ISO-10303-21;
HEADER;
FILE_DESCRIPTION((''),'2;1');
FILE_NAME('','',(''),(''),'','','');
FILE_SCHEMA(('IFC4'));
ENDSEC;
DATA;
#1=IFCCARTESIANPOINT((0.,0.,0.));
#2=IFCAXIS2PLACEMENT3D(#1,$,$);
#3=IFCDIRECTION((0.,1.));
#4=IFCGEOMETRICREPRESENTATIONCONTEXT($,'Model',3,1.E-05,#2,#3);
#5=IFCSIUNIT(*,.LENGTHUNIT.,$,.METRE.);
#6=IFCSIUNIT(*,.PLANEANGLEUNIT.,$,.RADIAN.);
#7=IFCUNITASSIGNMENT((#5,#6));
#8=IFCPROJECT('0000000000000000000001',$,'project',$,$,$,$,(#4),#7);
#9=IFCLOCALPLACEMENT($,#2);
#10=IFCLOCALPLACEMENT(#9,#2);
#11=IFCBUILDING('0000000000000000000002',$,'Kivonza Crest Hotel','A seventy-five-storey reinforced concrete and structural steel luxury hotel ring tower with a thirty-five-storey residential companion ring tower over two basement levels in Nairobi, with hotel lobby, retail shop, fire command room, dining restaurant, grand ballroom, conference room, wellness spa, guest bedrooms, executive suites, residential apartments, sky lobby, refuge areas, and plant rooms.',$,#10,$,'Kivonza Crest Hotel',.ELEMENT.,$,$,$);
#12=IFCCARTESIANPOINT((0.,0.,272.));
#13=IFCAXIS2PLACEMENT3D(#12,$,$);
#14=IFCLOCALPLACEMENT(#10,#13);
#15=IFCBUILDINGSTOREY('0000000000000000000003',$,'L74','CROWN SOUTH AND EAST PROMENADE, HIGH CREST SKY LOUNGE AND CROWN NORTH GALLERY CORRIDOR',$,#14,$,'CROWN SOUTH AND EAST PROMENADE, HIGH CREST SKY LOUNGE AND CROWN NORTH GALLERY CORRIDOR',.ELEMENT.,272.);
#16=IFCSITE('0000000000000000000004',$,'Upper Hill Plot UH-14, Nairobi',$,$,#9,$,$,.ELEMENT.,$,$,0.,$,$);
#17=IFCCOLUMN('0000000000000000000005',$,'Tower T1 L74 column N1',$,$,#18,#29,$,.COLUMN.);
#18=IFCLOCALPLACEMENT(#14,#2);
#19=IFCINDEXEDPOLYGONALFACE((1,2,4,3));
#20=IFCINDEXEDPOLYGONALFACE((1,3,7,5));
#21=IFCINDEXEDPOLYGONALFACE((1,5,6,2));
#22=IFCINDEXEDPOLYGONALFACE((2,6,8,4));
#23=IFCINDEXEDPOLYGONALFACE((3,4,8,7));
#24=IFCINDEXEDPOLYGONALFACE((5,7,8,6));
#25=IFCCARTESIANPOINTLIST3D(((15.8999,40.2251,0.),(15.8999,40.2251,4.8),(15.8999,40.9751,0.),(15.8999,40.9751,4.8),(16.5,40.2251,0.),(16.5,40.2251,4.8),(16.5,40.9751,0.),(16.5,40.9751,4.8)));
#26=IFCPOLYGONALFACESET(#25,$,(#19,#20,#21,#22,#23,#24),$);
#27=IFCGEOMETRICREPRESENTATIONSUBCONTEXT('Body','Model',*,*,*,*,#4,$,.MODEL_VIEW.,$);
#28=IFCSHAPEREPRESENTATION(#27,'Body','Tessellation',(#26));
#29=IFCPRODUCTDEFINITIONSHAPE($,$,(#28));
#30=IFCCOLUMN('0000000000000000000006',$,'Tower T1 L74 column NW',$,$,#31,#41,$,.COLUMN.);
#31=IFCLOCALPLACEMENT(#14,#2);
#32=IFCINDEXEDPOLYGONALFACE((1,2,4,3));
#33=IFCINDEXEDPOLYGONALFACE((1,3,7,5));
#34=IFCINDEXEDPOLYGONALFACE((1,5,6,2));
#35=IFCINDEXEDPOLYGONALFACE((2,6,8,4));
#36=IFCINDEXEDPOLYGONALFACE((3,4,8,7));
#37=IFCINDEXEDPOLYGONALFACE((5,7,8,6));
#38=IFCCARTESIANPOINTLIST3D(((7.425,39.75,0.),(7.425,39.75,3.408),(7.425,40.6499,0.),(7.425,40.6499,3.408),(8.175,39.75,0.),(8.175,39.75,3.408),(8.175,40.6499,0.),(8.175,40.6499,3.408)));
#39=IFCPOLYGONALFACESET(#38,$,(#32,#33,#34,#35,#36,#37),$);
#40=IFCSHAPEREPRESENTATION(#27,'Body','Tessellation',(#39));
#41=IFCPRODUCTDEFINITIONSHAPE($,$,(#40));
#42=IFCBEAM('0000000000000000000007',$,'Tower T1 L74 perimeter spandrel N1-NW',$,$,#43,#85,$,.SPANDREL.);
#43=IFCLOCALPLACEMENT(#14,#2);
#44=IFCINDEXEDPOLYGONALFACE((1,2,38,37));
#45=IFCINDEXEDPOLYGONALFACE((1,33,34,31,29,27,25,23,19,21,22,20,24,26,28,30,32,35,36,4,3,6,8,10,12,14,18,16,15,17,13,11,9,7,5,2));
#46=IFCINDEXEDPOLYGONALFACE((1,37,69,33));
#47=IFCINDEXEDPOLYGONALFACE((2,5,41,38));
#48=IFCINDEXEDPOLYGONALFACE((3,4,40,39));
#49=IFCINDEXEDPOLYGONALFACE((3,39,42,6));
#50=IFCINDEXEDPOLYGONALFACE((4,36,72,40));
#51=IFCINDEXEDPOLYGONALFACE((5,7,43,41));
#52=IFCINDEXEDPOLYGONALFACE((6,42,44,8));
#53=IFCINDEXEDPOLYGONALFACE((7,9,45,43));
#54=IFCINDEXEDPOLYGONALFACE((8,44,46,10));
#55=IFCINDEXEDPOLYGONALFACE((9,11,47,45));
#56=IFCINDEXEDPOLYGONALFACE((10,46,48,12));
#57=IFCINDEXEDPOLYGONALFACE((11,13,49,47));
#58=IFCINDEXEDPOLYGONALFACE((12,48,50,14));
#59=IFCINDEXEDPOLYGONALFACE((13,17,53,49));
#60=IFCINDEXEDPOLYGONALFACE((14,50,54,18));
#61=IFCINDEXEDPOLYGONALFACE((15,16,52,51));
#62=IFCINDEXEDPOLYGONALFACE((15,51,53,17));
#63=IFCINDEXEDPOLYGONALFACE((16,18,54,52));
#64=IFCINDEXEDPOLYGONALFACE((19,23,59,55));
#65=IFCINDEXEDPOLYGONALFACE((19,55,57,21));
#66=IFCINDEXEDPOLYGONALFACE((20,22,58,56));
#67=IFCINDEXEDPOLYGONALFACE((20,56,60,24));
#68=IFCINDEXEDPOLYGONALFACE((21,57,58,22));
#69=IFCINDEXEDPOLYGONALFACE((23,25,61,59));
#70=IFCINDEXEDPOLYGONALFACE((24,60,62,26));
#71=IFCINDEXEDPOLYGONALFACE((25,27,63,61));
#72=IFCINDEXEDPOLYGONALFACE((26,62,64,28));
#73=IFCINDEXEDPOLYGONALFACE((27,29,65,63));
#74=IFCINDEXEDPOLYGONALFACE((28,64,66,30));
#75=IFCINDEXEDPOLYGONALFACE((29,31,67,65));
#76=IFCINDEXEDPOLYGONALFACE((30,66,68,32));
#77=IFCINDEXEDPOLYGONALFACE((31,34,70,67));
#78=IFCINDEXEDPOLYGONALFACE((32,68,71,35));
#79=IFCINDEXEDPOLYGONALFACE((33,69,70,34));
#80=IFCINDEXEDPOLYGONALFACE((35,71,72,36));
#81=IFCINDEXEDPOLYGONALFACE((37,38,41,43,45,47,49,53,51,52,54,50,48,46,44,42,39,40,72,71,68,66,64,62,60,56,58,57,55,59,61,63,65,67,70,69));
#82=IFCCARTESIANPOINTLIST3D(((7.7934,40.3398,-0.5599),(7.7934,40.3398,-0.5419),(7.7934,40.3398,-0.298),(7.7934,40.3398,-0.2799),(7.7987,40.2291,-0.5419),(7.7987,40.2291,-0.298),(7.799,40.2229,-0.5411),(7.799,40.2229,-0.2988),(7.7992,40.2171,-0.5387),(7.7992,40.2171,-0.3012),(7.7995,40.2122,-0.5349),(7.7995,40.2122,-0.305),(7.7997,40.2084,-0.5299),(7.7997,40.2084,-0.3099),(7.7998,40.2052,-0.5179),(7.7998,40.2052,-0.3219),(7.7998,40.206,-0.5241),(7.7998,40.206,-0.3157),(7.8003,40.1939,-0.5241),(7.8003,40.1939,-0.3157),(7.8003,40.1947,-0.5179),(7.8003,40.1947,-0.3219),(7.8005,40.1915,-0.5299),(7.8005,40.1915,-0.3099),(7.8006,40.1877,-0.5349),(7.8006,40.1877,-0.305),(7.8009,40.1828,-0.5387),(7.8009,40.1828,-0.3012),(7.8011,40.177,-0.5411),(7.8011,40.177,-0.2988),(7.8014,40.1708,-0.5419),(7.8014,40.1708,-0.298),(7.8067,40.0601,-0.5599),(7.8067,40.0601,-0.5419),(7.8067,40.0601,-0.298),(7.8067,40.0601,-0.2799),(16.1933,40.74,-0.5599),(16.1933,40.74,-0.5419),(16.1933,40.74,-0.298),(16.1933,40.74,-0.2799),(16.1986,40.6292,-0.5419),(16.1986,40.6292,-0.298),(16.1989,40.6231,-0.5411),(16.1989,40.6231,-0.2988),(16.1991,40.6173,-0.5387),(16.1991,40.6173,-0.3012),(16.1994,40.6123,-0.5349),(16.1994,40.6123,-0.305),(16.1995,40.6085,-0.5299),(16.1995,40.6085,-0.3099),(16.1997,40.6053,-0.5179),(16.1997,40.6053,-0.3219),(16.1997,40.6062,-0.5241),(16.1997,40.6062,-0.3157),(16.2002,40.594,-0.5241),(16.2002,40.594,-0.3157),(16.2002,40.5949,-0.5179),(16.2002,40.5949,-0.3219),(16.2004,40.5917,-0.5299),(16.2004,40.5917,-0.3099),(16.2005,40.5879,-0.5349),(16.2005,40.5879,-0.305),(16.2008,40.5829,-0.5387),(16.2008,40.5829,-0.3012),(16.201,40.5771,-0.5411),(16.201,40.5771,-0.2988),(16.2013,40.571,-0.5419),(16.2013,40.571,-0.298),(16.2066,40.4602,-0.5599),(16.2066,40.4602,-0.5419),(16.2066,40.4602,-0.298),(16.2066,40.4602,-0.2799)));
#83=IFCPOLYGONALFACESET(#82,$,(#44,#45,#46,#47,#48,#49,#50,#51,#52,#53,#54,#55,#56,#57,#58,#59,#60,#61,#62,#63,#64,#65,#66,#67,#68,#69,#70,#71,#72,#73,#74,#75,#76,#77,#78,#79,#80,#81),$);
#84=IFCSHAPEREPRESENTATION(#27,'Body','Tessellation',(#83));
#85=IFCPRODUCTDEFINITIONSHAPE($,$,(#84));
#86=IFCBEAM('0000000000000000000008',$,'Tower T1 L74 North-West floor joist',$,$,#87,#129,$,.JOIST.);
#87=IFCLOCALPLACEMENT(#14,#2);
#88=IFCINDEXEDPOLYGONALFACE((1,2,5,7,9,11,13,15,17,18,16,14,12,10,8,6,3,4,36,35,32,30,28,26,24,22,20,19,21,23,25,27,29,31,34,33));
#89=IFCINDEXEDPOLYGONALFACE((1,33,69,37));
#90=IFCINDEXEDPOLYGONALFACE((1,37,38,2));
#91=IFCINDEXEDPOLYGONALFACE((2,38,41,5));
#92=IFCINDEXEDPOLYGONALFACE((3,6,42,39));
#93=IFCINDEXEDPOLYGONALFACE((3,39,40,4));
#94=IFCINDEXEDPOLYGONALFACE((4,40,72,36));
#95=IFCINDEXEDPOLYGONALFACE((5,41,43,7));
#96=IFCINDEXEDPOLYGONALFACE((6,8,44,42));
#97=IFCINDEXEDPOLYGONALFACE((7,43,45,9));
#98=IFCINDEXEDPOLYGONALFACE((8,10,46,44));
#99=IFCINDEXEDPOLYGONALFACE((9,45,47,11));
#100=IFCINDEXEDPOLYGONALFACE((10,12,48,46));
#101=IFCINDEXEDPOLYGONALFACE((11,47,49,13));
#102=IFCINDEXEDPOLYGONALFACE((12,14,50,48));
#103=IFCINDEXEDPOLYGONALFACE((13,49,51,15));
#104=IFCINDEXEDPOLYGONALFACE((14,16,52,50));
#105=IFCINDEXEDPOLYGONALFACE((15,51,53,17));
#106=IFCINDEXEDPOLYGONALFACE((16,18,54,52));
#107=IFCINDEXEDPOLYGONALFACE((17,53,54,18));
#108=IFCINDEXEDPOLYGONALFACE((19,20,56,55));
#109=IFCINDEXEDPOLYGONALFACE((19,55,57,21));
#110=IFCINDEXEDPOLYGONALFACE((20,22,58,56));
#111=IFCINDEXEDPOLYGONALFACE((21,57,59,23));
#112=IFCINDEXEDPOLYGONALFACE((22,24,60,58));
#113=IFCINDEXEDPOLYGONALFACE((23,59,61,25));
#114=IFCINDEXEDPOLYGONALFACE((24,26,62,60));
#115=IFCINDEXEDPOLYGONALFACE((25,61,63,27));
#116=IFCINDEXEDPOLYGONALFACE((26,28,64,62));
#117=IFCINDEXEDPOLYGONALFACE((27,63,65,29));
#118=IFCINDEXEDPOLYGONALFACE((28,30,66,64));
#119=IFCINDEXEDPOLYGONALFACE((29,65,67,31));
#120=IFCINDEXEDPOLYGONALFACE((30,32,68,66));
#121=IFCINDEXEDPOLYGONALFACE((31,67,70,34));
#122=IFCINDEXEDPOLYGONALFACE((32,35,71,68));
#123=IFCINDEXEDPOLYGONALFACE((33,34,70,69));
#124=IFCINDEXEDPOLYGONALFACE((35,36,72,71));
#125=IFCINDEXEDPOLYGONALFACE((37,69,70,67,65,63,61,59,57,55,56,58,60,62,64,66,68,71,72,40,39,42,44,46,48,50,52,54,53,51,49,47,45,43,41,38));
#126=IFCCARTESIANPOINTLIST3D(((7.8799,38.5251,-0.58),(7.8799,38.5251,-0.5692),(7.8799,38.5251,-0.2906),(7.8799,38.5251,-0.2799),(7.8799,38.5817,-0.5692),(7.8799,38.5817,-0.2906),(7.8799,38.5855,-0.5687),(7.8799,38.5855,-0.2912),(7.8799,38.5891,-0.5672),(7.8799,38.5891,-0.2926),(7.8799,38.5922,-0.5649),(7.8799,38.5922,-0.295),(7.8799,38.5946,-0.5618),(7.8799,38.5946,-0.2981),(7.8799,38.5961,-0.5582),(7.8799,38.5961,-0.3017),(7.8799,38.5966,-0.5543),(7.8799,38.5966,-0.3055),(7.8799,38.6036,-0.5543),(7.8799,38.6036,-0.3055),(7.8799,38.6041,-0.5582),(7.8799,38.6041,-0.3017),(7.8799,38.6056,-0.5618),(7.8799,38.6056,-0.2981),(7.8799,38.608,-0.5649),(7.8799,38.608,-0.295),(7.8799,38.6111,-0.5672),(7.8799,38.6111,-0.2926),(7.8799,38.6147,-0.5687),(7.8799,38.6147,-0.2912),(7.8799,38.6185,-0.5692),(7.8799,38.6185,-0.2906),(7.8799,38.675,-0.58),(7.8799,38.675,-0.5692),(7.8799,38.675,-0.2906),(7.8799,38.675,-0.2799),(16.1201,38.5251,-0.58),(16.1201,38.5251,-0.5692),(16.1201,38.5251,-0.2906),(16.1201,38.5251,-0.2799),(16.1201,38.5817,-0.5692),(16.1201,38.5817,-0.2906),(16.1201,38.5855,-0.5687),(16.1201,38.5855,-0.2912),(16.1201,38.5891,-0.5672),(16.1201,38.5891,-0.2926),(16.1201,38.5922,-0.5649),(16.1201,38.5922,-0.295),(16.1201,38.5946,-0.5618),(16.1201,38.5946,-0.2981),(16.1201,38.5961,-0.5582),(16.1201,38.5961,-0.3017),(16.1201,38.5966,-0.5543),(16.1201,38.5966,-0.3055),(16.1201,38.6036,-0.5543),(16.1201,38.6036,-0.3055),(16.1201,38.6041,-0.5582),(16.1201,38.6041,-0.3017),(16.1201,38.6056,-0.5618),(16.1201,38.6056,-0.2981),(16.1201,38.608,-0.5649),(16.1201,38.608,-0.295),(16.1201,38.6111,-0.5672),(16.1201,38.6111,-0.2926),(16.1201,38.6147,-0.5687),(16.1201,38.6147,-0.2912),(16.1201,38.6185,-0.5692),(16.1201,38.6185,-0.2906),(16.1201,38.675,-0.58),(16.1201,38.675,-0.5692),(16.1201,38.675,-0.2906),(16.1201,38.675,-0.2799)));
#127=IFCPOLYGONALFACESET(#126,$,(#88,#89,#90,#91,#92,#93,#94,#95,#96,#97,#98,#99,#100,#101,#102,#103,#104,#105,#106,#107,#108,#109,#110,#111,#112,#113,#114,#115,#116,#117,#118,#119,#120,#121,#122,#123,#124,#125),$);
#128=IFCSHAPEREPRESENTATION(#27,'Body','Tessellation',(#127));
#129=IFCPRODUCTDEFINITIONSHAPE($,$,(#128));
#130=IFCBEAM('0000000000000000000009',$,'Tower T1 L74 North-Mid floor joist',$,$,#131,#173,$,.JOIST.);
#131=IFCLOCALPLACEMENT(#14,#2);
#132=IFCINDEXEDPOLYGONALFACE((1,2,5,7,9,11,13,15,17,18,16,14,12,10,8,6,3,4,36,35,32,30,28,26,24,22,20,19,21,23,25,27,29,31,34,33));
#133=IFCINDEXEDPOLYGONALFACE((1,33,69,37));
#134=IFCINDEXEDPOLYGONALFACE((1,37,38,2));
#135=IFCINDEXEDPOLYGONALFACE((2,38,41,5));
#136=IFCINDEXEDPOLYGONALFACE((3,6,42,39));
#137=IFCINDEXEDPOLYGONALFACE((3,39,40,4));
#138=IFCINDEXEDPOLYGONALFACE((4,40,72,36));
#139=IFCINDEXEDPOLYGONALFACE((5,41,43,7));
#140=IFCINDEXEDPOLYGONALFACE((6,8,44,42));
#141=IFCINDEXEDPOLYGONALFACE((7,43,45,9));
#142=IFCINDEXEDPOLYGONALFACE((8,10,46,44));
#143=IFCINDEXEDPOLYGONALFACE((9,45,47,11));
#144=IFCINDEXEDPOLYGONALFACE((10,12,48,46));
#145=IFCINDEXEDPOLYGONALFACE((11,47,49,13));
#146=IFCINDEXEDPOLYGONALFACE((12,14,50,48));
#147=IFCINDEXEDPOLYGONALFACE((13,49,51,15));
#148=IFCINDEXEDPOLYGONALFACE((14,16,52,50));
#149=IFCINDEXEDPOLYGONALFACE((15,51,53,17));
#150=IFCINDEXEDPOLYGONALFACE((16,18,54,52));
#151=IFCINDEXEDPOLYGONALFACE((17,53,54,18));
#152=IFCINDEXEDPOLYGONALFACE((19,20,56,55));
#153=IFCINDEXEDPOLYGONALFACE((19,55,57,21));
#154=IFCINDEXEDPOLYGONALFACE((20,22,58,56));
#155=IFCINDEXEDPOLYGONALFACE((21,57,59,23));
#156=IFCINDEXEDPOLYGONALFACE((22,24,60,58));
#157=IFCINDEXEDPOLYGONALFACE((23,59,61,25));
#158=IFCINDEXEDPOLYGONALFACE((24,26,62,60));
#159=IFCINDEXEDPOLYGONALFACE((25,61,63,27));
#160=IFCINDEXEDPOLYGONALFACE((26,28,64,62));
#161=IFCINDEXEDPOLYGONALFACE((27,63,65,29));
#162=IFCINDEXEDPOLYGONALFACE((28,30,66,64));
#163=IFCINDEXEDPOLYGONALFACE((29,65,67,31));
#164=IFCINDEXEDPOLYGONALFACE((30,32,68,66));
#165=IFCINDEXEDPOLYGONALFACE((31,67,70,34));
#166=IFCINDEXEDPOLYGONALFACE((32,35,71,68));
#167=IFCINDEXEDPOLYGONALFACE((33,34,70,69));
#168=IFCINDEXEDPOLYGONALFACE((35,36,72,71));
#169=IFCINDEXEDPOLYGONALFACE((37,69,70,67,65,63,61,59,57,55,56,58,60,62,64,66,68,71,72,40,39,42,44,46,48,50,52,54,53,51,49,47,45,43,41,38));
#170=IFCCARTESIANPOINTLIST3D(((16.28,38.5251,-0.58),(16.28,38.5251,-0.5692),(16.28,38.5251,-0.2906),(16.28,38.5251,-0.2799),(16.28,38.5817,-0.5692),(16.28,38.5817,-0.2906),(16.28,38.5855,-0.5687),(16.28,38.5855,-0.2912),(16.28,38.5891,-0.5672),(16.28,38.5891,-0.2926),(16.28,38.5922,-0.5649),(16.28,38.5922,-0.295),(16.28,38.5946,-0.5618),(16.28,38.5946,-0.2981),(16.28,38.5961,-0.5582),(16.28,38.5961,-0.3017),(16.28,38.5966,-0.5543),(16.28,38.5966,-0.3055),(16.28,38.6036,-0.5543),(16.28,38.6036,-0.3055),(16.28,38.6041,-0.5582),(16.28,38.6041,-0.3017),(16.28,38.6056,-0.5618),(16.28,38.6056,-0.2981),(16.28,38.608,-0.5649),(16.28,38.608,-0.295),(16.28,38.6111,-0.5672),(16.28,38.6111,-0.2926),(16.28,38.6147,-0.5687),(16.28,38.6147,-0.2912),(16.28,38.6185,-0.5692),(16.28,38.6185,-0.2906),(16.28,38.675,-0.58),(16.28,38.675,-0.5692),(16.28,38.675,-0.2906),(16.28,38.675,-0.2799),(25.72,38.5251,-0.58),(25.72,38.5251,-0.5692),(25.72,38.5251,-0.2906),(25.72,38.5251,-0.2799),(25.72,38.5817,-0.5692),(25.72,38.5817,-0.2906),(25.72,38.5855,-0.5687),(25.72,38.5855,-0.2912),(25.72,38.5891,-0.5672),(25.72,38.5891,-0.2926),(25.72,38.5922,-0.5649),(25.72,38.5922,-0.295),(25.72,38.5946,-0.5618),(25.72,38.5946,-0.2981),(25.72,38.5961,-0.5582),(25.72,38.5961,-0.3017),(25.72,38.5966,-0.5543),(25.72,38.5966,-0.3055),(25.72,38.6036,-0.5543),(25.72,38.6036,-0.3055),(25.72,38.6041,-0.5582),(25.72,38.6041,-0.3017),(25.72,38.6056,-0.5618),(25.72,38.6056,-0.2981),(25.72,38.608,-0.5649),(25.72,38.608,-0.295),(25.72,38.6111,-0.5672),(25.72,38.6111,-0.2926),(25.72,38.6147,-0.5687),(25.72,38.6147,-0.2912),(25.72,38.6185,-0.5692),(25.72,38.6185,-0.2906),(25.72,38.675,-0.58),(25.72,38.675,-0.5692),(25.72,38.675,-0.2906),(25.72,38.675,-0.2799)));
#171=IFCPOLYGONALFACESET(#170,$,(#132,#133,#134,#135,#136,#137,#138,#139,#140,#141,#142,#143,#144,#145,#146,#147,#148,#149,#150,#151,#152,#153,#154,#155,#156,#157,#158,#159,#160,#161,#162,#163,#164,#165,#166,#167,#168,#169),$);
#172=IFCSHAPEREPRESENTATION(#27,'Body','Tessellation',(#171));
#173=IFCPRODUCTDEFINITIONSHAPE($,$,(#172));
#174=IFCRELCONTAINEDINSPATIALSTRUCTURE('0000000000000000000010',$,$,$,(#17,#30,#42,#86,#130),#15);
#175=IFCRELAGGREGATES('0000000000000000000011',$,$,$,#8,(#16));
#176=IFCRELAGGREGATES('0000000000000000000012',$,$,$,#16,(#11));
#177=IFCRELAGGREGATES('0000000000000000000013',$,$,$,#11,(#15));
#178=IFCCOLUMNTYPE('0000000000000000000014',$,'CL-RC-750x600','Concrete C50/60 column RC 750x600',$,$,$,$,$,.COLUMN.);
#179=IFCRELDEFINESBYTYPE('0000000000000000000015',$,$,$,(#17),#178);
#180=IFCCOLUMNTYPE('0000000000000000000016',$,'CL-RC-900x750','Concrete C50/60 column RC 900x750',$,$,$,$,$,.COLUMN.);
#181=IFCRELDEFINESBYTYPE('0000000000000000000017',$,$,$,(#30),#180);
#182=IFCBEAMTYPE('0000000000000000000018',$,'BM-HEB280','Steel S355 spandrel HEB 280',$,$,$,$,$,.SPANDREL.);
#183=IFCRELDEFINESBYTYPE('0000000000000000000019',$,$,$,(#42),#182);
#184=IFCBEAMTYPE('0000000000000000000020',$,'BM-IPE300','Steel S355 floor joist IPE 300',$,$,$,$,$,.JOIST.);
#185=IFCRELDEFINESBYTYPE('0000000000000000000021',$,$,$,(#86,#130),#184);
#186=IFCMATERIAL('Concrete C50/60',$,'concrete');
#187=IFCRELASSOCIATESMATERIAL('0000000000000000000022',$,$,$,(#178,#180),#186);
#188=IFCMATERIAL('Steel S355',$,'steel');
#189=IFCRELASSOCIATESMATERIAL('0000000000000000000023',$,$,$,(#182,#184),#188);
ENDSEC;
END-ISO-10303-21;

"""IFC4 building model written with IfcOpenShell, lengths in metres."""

from ifc_helpers import new_model, si_unit, direction, frame, origin, origin_2d, place, context, subcontext, project, spatial, rectangle, i_section, extrude, material, material_profile, profile_set, type_object, element, save


model = new_model("IFC4")

# Units and contexts
model_context = context("Model", 3, precision=1e-05, world=origin(), true_north=direction((0.0, 1.0)))
body_context = subcontext(model_context, "Body", "Model", "MODEL_VIEW")
ifc_project = project(units=[si_unit("LENGTHUNIT", "METRE"), si_unit("PLANEANGLEUNIT", "RADIAN")], contexts=[model_context])

# Site, building, storey
site_placement = place(None, origin())
site = spatial("IfcSite", under=ifc_project, at=site_placement, Name="Upper Hill Plot UH-14, Nairobi", CompositionType="ELEMENT", RefElevation=0.0)
building_placement = place(site_placement, origin())
building = spatial("IfcBuilding", under=site, at=building_placement, Name="Kivonza Crest Hotel", Description="A seventy-five-storey reinforced concrete and structural steel luxury hotel ring tower with a thirty-five-storey residential companion ring tower over two basement levels in Nairobi, with hotel lobby, retail shop, fire command room, dining restaurant, grand ballroom, conference room, wellness spa, guest bedrooms, executive suites, residential apartments, sky lobby, refuge areas, and plant rooms.", LongName="Kivonza Crest Hotel", CompositionType="ELEMENT")
storey_placement = place(building_placement, frame((0.0, 0.0, 272.0)))
storey = spatial("IfcBuildingStorey", under=building, at=storey_placement, Name="L74", Description="CROWN SOUTH AND EAST PROMENADE, HIGH CREST SKY LOUNGE AND CROWN NORTH GALLERY CORRIDOR", LongName="CROWN SOUTH AND EAST PROMENADE, HIGH CREST SKY LOUNGE AND CROWN NORTH GALLERY CORRIDOR", CompositionType="ELEMENT", Elevation=272.0)

# Columns
ifc_material_1 = material(Name="Concrete C50/60", Category="concrete")
ifc_material_profile_1 = material_profile(ifc_material_1, rectangle(XDim=0.6001, YDim=0.75, at=origin_2d()), Name="RC 750x600")
ifc_profile_set_1 = profile_set([ifc_material_profile_1], Name="Concrete C50/60")
column_type_1 = type_object("IfcColumnType", Name="CL-RC-750x600", Description="Concrete C50/60 column RC 750x600", PredefinedType="COLUMN", material=ifc_profile_set_1)
column_1_placement = place(storey_placement, frame((16.2, 40.6001, 0.0), z_axis=(0.0, 0.0, 1.0), x_axis=(1.0, 0.0, 0.0)))
element("IfcColumn", 1, at=column_1_placement, inside=storey, type_object=column_type_1, Name="Tower T1 L74 column N1", PredefinedType="COLUMN", context=body_context, shape_type="SweptSolid", body=[
    extrude(rectangle(XDim=0.6001, YDim=0.75, at=origin_2d()), origin(), (0.0, 0.0, 1.0), 4.8),
])
ifc_material_profile_2 = material_profile(ifc_material_1, rectangle(XDim=0.75, YDim=0.8999, at=origin_2d()), Name="RC 900x750")
ifc_profile_set_2 = profile_set([ifc_material_profile_2], Name="Concrete C50/60")
column_type_2 = type_object("IfcColumnType", Name="CL-RC-900x750", Description="Concrete C50/60 column RC 900x750", PredefinedType="COLUMN", material=ifc_profile_set_2)
column_2_placement = place(storey_placement, frame((7.8, 40.2, 0.0), z_axis=(0.0, 0.0, 1.0), x_axis=(1.0, 0.0, 0.0)))
element("IfcColumn", 2, at=column_2_placement, inside=storey, type_object=column_type_2, Name="Tower T1 L74 column NW", PredefinedType="COLUMN", context=body_context, shape_type="SweptSolid", body=[
    extrude(rectangle(XDim=0.75, YDim=0.8999, at=origin_2d()), origin(), (0.0, 0.0, 1.0), 3.408),
])

# Beams
ifc_material_2 = material(Name="Steel S355", Category="steel")
ifc_material_profile_3 = material_profile(ifc_material_2, i_section(OverallWidth=0.28, OverallDepth=0.28, WebThickness=0.0105, FlangeThickness=0.0181, FilletRadius=0.0239, at=origin_2d()), Name="HEB 280")
ifc_profile_set_3 = profile_set([ifc_material_profile_3], Name="Steel S355")
beam_type_1 = type_object("IfcBeamType", Name="BM-HEB280", Description="Steel S355 spandrel HEB 280", PredefinedType="SPANDREL", material=ifc_profile_set_3)
beam_1_placement = place(storey_placement, frame((16.2, 40.6001, -0.4199), z_axis=(-0.998867, -0.047583, 0.0), x_axis=(0.047583, -0.998867, 0.0)))
element("IfcBeam", 3, at=beam_1_placement, inside=storey, type_object=beam_type_1, Name="Tower T1 L74 perimeter spandrel N1-NW", PredefinedType="SPANDREL", context=body_context, shape_type="SweptSolid", body=[
    extrude(i_section(OverallWidth=0.28, OverallDepth=0.28, WebThickness=0.0105, FlangeThickness=0.0181, FilletRadius=0.0239, at=origin_2d()), origin(), (0.0, 0.0, 1.0), 8.4094),
])
ifc_material_profile_4 = material_profile(ifc_material_2, i_section(OverallWidth=0.1499, OverallDepth=0.3, WebThickness=0.0071, FlangeThickness=0.0107, FilletRadius=0.0149, at=origin_2d()), Name="IPE 300")
ifc_profile_set_4 = profile_set([ifc_material_profile_4], Name="Steel S355")
beam_type_2 = type_object("IfcBeamType", Name="BM-IPE300", Description="Steel S355 floor joist IPE 300", PredefinedType="JOIST", material=ifc_profile_set_4)
beam_2_placement = place(storey_placement, frame((7.8799, 38.6001, -0.4299), z_axis=(1.0, 0.0, 0.0), x_axis=(0.0, 1.0, 0.0)))
element("IfcBeam", 4, at=beam_2_placement, inside=storey, type_object=beam_type_2, Name="Tower T1 L74 North-West floor joist", PredefinedType="JOIST", context=body_context, shape_type="SweptSolid", body=[
    extrude(i_section(OverallWidth=0.1499, OverallDepth=0.3, WebThickness=0.0071, FlangeThickness=0.0107, FilletRadius=0.0149, at=origin_2d()), origin(), (0.0, 0.0, 1.0), 8.2402),
])
beam_3_placement = place(storey_placement, frame((16.28, 38.6001, -0.4299), z_axis=(1.0, 0.0, 0.0), x_axis=(0.0, 1.0, 0.0)))
element("IfcBeam", 5, at=beam_3_placement, inside=storey, type_object=beam_type_2, Name="Tower T1 L74 North-Mid floor joist", PredefinedType="JOIST", context=body_context, shape_type="SweptSolid", body=[
    extrude(i_section(OverallWidth=0.1499, OverallDepth=0.3, WebThickness=0.0071, FlangeThickness=0.0107, FilletRadius=0.0149, at=origin_2d()), origin(), (0.0, 0.0, 1.0), 9.4399),
])

save(model, "model.ifc")
